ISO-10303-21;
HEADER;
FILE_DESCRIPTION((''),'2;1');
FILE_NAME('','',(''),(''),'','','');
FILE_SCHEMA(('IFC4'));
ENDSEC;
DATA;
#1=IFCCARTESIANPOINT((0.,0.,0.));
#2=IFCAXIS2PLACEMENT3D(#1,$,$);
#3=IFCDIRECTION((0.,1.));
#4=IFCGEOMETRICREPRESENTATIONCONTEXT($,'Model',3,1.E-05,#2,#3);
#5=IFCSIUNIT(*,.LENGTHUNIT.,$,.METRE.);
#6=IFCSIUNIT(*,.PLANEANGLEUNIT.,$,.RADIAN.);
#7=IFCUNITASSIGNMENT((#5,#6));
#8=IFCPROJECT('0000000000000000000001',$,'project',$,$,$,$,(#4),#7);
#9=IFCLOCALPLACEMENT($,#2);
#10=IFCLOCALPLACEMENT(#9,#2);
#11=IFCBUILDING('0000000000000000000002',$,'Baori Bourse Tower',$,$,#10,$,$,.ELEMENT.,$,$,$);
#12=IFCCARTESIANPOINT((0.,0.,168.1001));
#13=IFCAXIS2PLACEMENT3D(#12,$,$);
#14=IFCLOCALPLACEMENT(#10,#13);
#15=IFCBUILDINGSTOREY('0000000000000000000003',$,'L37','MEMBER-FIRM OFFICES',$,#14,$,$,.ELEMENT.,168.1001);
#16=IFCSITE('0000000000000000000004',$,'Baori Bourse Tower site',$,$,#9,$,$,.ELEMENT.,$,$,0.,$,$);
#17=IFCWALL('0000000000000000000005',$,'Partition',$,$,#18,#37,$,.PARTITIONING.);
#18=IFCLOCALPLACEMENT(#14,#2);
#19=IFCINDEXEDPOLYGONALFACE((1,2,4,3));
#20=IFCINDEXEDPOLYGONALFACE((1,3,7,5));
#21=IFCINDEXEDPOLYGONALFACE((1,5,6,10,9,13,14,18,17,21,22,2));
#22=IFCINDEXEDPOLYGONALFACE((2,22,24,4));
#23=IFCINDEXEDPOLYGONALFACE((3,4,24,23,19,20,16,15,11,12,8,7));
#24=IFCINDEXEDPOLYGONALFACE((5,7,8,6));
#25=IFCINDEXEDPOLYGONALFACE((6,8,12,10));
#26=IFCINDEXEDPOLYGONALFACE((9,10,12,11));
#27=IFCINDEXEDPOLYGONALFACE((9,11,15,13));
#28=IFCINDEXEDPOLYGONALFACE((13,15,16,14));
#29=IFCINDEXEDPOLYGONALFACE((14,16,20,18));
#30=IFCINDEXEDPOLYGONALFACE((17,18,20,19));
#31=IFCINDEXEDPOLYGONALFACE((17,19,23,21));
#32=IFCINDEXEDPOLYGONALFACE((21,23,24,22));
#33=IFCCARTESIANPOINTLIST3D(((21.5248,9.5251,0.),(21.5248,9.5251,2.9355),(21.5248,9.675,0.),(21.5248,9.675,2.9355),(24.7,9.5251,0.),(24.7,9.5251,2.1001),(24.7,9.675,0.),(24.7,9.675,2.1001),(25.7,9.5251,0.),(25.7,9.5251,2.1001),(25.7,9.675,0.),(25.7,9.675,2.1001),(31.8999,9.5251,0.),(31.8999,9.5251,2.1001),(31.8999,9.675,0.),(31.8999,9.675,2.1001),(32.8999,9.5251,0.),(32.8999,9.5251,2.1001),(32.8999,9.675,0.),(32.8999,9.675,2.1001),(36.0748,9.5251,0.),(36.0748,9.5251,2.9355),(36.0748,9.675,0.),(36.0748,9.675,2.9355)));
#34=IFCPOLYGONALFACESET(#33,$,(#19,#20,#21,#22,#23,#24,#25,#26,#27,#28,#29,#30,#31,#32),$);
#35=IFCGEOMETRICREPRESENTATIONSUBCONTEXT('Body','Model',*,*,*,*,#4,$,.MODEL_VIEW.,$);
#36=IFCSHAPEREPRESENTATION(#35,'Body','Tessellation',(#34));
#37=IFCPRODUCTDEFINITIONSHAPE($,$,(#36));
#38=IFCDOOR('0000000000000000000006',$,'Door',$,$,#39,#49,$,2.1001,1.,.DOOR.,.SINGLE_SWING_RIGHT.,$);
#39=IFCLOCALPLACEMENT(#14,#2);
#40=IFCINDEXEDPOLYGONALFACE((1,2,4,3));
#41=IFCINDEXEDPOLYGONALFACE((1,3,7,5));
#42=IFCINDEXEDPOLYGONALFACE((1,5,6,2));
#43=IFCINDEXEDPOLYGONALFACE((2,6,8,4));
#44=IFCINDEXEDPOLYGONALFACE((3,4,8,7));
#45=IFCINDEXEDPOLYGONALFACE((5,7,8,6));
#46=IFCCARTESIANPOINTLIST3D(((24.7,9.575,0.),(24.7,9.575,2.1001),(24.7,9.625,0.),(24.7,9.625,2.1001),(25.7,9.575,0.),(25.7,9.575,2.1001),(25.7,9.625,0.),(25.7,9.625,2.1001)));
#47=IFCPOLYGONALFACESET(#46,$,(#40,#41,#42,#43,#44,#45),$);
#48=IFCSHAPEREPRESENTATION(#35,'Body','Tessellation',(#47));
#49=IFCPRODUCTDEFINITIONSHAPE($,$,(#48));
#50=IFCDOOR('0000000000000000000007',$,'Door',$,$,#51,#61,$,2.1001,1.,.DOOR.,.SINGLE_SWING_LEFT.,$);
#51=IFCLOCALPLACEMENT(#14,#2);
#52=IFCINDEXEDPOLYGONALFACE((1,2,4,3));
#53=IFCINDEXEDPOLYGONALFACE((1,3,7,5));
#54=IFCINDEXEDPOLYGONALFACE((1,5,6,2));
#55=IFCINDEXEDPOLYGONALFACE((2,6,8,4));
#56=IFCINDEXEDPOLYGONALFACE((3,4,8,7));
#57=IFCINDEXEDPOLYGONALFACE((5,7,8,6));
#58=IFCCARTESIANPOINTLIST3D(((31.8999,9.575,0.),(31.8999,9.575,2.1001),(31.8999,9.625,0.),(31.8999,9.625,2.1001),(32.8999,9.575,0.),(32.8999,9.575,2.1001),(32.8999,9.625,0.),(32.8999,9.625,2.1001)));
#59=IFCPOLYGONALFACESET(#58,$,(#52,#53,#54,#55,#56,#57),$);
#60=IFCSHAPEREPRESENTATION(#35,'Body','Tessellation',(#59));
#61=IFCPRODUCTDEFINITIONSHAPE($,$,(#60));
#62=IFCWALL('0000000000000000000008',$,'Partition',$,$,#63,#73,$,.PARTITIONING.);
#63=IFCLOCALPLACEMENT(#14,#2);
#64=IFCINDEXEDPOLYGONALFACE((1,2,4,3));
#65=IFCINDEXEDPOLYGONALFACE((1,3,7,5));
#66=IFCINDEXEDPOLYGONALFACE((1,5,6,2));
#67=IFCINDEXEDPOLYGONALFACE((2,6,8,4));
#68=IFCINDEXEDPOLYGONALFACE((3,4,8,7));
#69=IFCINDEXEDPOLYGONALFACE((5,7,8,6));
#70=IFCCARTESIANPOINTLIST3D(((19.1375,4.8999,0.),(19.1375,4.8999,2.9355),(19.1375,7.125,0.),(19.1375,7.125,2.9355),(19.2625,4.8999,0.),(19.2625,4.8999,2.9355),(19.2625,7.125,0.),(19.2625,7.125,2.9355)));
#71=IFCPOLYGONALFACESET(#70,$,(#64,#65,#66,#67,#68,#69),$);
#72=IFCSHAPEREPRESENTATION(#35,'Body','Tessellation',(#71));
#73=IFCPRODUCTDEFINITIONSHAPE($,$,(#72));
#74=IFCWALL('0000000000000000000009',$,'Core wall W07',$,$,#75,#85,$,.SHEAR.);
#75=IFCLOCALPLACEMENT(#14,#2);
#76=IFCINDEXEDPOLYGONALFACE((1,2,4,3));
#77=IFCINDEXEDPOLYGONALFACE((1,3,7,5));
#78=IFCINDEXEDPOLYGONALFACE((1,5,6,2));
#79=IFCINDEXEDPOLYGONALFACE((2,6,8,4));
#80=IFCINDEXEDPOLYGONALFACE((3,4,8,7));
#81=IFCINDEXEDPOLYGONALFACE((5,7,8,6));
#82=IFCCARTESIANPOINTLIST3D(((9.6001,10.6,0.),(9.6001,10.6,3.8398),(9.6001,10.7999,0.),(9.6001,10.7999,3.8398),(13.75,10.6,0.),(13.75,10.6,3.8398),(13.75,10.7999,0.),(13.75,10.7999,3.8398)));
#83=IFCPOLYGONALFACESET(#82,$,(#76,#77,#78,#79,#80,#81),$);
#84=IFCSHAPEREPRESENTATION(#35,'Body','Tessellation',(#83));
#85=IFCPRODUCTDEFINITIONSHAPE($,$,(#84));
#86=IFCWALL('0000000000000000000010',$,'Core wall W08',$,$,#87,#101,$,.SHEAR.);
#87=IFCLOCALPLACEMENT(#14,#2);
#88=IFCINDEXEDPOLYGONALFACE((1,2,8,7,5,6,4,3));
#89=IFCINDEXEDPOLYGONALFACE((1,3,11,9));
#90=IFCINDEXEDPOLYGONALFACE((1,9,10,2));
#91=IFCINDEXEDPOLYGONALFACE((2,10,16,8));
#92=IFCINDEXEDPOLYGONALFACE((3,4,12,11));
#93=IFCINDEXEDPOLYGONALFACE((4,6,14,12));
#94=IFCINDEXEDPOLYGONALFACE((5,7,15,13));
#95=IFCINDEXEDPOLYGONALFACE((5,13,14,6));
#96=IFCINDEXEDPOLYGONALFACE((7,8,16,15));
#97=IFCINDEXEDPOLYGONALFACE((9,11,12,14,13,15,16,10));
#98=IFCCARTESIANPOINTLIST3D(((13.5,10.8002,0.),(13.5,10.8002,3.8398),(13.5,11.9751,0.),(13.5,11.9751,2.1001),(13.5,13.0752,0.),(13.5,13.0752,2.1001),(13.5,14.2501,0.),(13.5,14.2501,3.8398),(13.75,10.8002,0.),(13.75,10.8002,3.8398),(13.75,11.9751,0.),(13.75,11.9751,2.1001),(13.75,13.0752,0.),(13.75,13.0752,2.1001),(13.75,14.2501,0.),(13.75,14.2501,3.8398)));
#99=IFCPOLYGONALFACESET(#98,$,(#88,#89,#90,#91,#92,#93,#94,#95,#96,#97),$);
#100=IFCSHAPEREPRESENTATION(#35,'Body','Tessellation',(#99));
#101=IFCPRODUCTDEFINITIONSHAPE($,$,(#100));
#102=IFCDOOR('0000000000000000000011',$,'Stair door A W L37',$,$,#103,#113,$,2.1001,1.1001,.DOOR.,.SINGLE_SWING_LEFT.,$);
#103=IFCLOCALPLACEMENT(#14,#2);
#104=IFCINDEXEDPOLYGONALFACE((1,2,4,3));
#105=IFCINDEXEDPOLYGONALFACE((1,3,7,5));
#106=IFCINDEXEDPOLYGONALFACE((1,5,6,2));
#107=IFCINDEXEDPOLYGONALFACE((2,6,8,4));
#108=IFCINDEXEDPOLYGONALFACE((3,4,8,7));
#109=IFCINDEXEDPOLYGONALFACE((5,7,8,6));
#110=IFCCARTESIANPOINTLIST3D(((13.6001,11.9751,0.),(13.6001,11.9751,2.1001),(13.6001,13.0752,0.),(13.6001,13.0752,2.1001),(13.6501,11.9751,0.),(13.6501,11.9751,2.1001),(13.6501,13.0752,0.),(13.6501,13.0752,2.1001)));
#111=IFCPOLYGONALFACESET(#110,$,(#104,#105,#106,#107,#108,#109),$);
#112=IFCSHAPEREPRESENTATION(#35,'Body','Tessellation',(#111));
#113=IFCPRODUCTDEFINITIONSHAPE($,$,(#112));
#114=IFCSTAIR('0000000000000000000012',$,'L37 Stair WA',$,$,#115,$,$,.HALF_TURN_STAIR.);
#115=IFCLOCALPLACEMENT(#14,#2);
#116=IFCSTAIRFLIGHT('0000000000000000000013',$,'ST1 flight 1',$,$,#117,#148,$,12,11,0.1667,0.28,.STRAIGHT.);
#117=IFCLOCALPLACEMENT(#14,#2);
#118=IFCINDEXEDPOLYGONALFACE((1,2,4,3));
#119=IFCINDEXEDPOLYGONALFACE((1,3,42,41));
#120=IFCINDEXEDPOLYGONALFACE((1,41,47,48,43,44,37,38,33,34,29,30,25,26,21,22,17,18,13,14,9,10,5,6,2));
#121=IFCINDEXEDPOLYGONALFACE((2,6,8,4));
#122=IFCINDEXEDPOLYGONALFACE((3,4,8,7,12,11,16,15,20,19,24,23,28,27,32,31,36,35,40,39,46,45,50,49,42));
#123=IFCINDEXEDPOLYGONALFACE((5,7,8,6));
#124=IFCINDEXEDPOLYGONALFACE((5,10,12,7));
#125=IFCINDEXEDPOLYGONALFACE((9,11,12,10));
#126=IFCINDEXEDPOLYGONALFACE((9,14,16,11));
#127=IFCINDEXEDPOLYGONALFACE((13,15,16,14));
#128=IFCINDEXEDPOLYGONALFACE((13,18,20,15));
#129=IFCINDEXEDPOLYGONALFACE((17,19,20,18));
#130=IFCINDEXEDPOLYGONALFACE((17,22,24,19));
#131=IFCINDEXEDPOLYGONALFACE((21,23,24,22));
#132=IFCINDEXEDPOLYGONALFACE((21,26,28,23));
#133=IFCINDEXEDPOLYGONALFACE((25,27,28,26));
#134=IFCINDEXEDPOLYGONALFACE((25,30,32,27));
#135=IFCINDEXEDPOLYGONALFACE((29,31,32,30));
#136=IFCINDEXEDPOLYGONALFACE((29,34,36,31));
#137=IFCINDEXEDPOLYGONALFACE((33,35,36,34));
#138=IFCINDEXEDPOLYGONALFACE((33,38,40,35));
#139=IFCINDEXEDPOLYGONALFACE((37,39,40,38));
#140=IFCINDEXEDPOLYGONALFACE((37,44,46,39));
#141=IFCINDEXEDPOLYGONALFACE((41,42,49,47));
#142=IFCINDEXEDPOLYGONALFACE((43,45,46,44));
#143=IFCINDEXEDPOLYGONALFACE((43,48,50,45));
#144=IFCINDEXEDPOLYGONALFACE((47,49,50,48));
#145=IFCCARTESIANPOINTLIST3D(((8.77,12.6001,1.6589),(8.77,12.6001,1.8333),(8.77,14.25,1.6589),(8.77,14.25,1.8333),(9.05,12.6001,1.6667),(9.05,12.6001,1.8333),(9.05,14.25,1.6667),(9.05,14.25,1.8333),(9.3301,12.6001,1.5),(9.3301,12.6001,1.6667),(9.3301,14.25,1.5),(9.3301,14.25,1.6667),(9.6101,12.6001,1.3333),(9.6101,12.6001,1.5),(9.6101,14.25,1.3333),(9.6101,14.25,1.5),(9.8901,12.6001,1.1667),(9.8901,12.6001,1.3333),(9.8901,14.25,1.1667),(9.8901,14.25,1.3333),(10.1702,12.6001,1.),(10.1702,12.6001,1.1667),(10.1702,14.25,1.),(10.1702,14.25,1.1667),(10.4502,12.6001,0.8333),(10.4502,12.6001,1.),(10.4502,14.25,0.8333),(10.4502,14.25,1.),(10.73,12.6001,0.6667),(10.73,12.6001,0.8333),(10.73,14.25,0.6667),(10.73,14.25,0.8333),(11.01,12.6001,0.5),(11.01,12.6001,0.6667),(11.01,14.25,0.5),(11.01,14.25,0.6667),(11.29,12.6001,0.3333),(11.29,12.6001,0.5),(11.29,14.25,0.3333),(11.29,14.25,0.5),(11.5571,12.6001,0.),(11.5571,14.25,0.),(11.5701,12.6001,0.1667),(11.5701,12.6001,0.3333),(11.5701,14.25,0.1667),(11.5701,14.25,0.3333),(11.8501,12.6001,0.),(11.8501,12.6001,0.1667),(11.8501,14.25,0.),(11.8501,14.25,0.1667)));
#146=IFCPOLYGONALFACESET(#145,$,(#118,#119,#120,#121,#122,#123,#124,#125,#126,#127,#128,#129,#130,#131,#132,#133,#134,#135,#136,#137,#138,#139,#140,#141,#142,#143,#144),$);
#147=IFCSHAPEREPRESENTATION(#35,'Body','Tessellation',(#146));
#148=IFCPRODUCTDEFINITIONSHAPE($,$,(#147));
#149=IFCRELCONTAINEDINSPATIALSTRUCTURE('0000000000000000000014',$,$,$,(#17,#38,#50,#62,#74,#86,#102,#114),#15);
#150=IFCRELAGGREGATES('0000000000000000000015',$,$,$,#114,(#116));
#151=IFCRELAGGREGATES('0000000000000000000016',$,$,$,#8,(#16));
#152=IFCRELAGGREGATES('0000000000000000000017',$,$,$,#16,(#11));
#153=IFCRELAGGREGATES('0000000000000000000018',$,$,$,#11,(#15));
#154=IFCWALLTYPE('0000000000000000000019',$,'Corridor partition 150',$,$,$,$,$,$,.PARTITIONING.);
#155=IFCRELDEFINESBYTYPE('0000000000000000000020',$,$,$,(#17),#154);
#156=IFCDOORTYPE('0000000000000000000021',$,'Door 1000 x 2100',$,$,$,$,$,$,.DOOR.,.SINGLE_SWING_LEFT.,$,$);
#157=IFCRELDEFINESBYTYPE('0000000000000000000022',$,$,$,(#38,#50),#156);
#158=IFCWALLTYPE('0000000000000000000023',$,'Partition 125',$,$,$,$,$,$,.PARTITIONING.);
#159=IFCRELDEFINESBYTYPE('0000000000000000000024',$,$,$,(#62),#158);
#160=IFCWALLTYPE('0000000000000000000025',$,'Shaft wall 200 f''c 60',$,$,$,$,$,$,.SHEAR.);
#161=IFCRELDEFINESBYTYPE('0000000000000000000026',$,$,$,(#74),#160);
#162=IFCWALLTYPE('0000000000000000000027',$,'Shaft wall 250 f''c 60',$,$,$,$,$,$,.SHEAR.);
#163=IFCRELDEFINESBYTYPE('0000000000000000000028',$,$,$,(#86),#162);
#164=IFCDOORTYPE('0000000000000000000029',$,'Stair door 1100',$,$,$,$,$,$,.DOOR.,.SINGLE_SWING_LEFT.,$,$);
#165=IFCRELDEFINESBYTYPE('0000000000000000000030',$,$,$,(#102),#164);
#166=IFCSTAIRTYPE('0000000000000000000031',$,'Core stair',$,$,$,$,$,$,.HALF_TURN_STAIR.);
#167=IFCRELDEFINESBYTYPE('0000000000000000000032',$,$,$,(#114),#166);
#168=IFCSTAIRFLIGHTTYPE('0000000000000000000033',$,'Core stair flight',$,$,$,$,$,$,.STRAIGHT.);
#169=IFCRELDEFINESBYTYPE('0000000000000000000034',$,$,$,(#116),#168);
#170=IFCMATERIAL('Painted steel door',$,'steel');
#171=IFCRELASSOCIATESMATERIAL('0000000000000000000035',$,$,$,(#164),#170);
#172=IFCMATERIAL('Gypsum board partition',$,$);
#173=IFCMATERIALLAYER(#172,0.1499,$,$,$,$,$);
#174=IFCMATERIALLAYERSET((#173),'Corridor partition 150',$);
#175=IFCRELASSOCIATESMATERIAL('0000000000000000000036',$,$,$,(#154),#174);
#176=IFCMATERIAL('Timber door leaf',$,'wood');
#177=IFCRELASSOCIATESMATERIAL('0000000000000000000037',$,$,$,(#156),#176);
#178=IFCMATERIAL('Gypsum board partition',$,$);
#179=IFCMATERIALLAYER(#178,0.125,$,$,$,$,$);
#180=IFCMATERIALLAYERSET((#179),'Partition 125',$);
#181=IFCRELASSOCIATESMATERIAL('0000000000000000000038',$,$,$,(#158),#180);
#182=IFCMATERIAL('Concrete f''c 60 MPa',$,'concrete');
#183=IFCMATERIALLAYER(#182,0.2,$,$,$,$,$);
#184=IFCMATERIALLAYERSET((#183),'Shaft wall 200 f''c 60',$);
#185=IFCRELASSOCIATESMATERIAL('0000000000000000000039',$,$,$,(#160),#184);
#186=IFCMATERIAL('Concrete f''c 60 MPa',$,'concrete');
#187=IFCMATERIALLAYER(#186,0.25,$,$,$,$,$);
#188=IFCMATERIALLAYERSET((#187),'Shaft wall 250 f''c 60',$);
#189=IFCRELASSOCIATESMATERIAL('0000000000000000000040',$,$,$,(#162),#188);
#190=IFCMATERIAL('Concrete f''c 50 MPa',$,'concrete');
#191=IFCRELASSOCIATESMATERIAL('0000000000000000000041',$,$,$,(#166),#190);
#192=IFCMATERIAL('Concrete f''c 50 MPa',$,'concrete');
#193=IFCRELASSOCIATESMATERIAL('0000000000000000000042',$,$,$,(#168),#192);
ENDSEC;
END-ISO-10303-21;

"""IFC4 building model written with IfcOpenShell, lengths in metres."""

from ifc_helpers import new_model, si_unit, direction, frame, frame_2d, origin, place, context, subcontext, project, spatial, polyline, rectangle, outline, extrude, material, layer, layer_set, type_object, element, fill, aggregate, save


model = new_model("IFC4")

# Units and contexts
model_context = context("Model", 3, precision=1e-05, world=origin(), true_north=direction((0.0, 1.0)))
body_context = subcontext(model_context, "Body", "Model", "MODEL_VIEW")
ifc_project = project(units=[si_unit("LENGTHUNIT", "METRE"), si_unit("PLANEANGLEUNIT", "RADIAN")], contexts=[model_context])

# Site, building, storey
site_placement = place(None, origin())
site = spatial("IfcSite", under=ifc_project, at=site_placement, Name="Baori Bourse Tower site", CompositionType="ELEMENT", RefElevation=0.0)
building_placement = place(site_placement, origin())
building = spatial("IfcBuilding", under=site, at=building_placement, Name="Baori Bourse Tower", CompositionType="ELEMENT")
storey_placement = place(building_placement, frame((0.0, 0.0, 168.1001)))
storey = spatial("IfcBuildingStorey", under=building, at=storey_placement, Name="L37", Description="MEMBER-FIRM OFFICES", CompositionType="ELEMENT", Elevation=168.1001)

# Shared definitions
ifc_material_1 = material(Name="Painted steel door", Category="steel")
door_type_1 = type_object("IfcDoorType", Name="Stair door 1100", OperationType="SINGLE_SWING_LEFT", PredefinedType="DOOR", material=ifc_material_1)

# Wall, openings, doors
ifc_material_2 = material(Name="Gypsum board partition")
ifc_layer_1 = layer(ifc_material_2, 0.1499)
ifc_layer_set_1 = layer_set([ifc_layer_1], Name="Corridor partition 150")
wall_type_1 = type_object("IfcWallType", Name="Corridor partition 150", PredefinedType="PARTITIONING", material=ifc_layer_set_1)
ifc_material_3 = material(Name="Timber door leaf", Category="wood")
door_type_2 = type_object("IfcDoorType", Name="Door 1000 x 2100", OperationType="SINGLE_SWING_LEFT", PredefinedType="DOOR", material=ifc_material_3)
wall_1_placement = place(storey_placement, frame((21.5249, 9.6001, 0.0), z_axis=(0.0, 0.0, 1.0), x_axis=(1.0, 0.0, 0.0)))
wall_1 = element("IfcWall", 1, at=wall_1_placement, inside=storey, type_object=wall_type_1, Name="Partition", PredefinedType="PARTITIONING", context=body_context, shape_type="SweptSolid", body=[
    extrude(rectangle(XDim=14.55, YDim=0.1499, at=frame_2d((7.2749, 0.0))), origin(), (0.0, 0.0, 1.0), 2.9355),
])
opening_1_placement = place(wall_1_placement, frame((3.175, 0.0, 0.0)))
opening_1 = element("IfcOpeningElement", 2, at=opening_1_placement, cuts=wall_1, PredefinedType="OPENING", context=body_context, shape_type="SweptSolid", body=[
    extrude(rectangle(XDim=1.0, YDim=2.1001, at=frame_2d((0.5, 1.05))), frame((0.0, 0.085, 0.0), z_axis=(0.0, -1.0, 0.0), x_axis=(1.0, 0.0, 0.0)), (0.0, 0.0, 1.0), 0.1699),
])
opening_2_placement = place(wall_1_placement, frame((10.375, 0.0, 0.0)))
opening_2 = element("IfcOpeningElement", 3, at=opening_2_placement, cuts=wall_1, PredefinedType="OPENING", context=body_context, shape_type="SweptSolid", body=[
    extrude(rectangle(XDim=1.0, YDim=2.1001, at=frame_2d((0.5, 1.05))), frame((0.0, 0.085, 0.0), z_axis=(0.0, -1.0, 0.0), x_axis=(1.0, 0.0, 0.0)), (0.0, 0.0, 1.0), 0.1699),
])
door_1_placement = place(opening_1_placement, origin())
door_1 = element("IfcDoor", 4, at=door_1_placement, inside=storey, type_object=door_type_2, Name="Door", OperationType="SINGLE_SWING_RIGHT", OverallHeight=2.1001, OverallWidth=1.0, PredefinedType="DOOR", context=body_context, shape_type="SweptSolid", body=[
    extrude(rectangle(XDim=1.0, YDim=2.1001, at=frame_2d((0.5, 1.05))), frame((0.0, 0.0249, 0.0), z_axis=(0.0, -1.0, 0.0), x_axis=(1.0, 0.0, 0.0)), (0.0, 0.0, 1.0), 0.05),
])
fill(opening_1, door_1)
door_2_placement = place(opening_2_placement, origin())
door_2 = element("IfcDoor", 5, at=door_2_placement, inside=storey, type_object=door_type_2, Name="Door", OperationType="SINGLE_SWING_LEFT", OverallHeight=2.1001, OverallWidth=1.0, PredefinedType="DOOR", context=body_context, shape_type="SweptSolid", body=[
    extrude(rectangle(XDim=1.0, YDim=2.1001, at=frame_2d((0.5, 1.05))), frame((0.0, 0.0249, 0.0), z_axis=(0.0, -1.0, 0.0), x_axis=(1.0, 0.0, 0.0)), (0.0, 0.0, 1.0), 0.05),
])
fill(opening_2, door_2)

# Walls
ifc_material_4 = material(Name="Gypsum board partition")
ifc_layer_2 = layer(ifc_material_4, 0.125)
ifc_layer_set_2 = layer_set([ifc_layer_2], Name="Partition 125")
wall_type_2 = type_object("IfcWallType", Name="Partition 125", PredefinedType="PARTITIONING", material=ifc_layer_set_2)
wall_2_placement = place(storey_placement, frame((19.2, 4.8999, 0.0), z_axis=(0.0, 0.0, 1.0), x_axis=(0.0, 1.0, 0.0)))
element("IfcWall", 6, at=wall_2_placement, inside=storey, type_object=wall_type_2, Name="Partition", PredefinedType="PARTITIONING", context=body_context, shape_type="SweptSolid", body=[
    extrude(rectangle(XDim=2.2251, YDim=0.125, at=frame_2d((1.1125, 0.0))), origin(), (0.0, 0.0, 1.0), 2.9355),
])
ifc_material_5 = material(Name="Concrete f'c 60 MPa", Category="concrete")
ifc_layer_3 = layer(ifc_material_5, 0.2)
ifc_layer_set_3 = layer_set([ifc_layer_3], Name="Shaft wall 200 f'c 60")
wall_type_3 = type_object("IfcWallType", Name="Shaft wall 200 f'c 60", PredefinedType="SHEAR", material=ifc_layer_set_3)
wall_3_placement = place(storey_placement, frame((9.6001, 10.7, 0.0), z_axis=(0.0, 0.0, 1.0), x_axis=(1.0, 0.0, 0.0)))
element("IfcWall", 7, at=wall_3_placement, inside=storey, type_object=wall_type_3, Name="Core wall W07", PredefinedType="SHEAR", context=body_context, shape_type="SweptSolid", body=[
    extrude(rectangle(XDim=4.1499, YDim=0.2, at=frame_2d((2.075, 0.0))), origin(), (0.0, 0.0, 1.0), 3.8398),
])

# Wall, opening, door
ifc_material_6 = material(Name="Concrete f'c 60 MPa", Category="concrete")
ifc_layer_4 = layer(ifc_material_6, 0.25)
ifc_layer_set_4 = layer_set([ifc_layer_4], Name="Shaft wall 250 f'c 60")
wall_type_4 = type_object("IfcWallType", Name="Shaft wall 250 f'c 60", PredefinedType="SHEAR", material=ifc_layer_set_4)
wall_4_placement = place(storey_placement, frame((13.625, 10.8, 0.0), z_axis=(0.0, 0.0, 1.0), x_axis=(0.0, 1.0, 0.0)))
wall_4 = element("IfcWall", 8, at=wall_4_placement, inside=storey, type_object=wall_type_4, Name="Core wall W08", PredefinedType="SHEAR", context=body_context, shape_type="SweptSolid", body=[
    extrude(rectangle(XDim=3.45, YDim=0.25, at=frame_2d((1.7251, 0.0))), origin(), (0.0, 0.0, 1.0), 3.8398),
])
opening_3_placement = place(wall_4_placement, frame((1.175, 0.0, 0.0)))
opening_3 = element("IfcOpeningElement", 9, at=opening_3_placement, cuts=wall_4, PredefinedType="OPENING", context=body_context, shape_type="SweptSolid", body=[
    extrude(rectangle(XDim=1.1001, YDim=2.1001, at=frame_2d((0.55, 1.05))), frame((0.0, 0.135, 0.0), z_axis=(0.0, -1.0, 0.0), x_axis=(1.0, 0.0, 0.0)), (0.0, 0.0, 1.0), 0.27),
])
door_3_placement = place(opening_3_placement, origin())
door_3 = element("IfcDoor", 10, at=door_3_placement, inside=storey, type_object=door_type_1, Name="Stair door A W L37", OperationType="SINGLE_SWING_LEFT", OverallHeight=2.1001, OverallWidth=1.1001, PredefinedType="DOOR", context=body_context, shape_type="SweptSolid", body=[
    extrude(rectangle(XDim=1.1001, YDim=2.1001, at=frame_2d((0.55, 1.05))), frame((0.0, 0.0249, 0.0), z_axis=(0.0, -1.0, 0.0), x_axis=(1.0, 0.0, 0.0)), (0.0, 0.0, 1.0), 0.05),
])
fill(opening_3, door_3)

# Stair, stair flight
ifc_material_7 = material(Name="Concrete f'c 50 MPa", Category="concrete")
stair_type = type_object("IfcStairType", Name="Core stair", PredefinedType="HALF_TURN_STAIR", material=ifc_material_7)
stair_placement = place(storey_placement, origin())
stair = element("IfcStair", 11, at=stair_placement, inside=storey, type_object=stair_type, Name="L37 Stair WA", PredefinedType="HALF_TURN_STAIR")
ifc_material_8 = material(Name="Concrete f'c 50 MPa", Category="concrete")
stair_flight_type = type_object("IfcStairFlightType", Name="Core stair flight", PredefinedType="STRAIGHT", material=ifc_material_8)
stair_flight_1_placement = place(storey_placement, frame((11.8501, 13.425, 0.0), z_axis=(0.0, 0.0, 1.0), x_axis=(-1.0, 0.0, 0.0)))
stair_flight_1 = element("IfcStairFlight", 12, at=stair_flight_1_placement, type_object=stair_flight_type, Name="ST1 flight 1", NumberOfRisers=12, NumberOfTreads=11, PredefinedType="STRAIGHT", RiserHeight=0.1667, TreadLength=0.28, context=body_context, shape_type="SweptSolid", body=[
    extrude(outline(polyline([(0.0, 0.0), (0.0, 0.1667), (0.28, 0.1667), (0.28, 0.3333), (0.5601, 0.3333), (0.5601, 0.5), (0.8401, 0.5), (0.8401, 0.6667), (1.1201, 0.6667), (1.1201, 0.8333), (1.3999, 0.8333), (1.3999, 1.0), (1.6799, 1.0), (1.6799, 1.1667), (1.96, 1.1667), (1.96, 1.3333), (2.24, 1.3333), (2.24, 1.5), (2.52, 1.5), (2.52, 1.6667), (2.8, 1.6667), (2.8, 1.8333), (3.0801, 1.8333), (3.0801, 2.0), (3.0801, 1.6589), (0.293, 0.0), (0.0, 0.0)])), frame((0.0, 0.825, 0.0), z_axis=(0.0, -1.0, 0.0), x_axis=(1.0, 0.0, 0.0)), (0.0, 0.0, 1.0), 1.6499),
])
aggregate(stair, [stair_flight_1])

save(model, "model.ifc")
